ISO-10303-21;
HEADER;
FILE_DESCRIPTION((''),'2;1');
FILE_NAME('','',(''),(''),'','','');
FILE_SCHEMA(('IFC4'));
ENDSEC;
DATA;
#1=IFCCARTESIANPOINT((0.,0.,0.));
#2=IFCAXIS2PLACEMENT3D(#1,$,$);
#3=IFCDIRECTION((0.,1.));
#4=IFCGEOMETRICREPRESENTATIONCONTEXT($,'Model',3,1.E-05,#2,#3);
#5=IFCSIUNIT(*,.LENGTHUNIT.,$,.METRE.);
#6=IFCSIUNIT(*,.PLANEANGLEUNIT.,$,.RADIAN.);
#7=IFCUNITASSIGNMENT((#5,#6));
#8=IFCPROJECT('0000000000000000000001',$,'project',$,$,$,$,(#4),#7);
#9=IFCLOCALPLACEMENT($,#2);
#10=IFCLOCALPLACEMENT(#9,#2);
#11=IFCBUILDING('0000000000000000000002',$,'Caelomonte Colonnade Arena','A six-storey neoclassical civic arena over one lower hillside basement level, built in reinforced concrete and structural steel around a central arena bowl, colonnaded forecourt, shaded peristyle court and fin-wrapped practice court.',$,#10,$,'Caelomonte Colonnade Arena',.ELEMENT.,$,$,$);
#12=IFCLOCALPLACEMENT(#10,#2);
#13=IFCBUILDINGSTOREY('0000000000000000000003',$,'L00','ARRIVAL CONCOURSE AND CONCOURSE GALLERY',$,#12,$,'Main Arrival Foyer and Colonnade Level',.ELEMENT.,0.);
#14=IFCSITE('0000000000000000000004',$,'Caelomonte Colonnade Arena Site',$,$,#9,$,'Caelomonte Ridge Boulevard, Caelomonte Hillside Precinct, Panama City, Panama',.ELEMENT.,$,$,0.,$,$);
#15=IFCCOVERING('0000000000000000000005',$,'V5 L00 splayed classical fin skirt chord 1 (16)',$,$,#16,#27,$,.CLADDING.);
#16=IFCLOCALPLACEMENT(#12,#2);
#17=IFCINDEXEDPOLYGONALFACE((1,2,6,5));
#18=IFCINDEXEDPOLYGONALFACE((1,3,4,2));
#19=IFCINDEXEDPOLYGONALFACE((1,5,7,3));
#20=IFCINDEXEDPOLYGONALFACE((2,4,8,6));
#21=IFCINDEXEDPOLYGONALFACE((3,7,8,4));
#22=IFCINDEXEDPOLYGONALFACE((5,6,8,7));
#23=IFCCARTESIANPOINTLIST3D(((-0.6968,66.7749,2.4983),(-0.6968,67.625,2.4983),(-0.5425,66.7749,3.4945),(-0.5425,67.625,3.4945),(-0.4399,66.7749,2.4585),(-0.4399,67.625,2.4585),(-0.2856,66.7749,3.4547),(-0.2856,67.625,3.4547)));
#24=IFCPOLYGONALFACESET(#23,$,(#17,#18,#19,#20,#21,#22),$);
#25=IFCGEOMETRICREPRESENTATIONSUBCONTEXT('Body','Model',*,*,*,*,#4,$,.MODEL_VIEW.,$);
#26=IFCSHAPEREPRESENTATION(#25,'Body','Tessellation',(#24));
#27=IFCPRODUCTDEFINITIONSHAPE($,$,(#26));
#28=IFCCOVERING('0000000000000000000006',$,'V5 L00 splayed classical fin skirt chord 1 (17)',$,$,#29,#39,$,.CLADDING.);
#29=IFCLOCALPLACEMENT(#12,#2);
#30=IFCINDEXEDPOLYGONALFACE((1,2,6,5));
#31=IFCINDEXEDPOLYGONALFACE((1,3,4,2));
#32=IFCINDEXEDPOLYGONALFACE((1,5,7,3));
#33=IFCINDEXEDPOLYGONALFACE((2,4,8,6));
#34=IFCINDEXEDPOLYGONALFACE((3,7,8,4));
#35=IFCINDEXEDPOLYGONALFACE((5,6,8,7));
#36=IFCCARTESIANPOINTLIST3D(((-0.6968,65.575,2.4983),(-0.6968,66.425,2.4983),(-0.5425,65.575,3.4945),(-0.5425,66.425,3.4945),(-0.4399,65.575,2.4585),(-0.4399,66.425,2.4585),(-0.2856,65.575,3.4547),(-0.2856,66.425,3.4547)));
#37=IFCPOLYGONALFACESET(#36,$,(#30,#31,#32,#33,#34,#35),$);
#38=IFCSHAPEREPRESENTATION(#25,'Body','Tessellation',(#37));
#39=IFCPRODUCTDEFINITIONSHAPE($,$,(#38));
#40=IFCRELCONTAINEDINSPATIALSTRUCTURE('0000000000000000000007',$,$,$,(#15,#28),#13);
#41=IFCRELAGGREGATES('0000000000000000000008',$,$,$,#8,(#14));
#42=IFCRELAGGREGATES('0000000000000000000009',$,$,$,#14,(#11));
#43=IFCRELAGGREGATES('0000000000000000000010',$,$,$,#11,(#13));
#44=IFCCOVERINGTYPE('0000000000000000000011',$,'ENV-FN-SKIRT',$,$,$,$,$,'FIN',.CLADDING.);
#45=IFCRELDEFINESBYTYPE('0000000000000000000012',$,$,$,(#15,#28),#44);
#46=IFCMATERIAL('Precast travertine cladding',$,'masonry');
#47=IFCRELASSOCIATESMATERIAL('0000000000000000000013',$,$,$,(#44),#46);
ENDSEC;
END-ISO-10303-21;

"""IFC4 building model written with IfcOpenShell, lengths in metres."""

from ifc_helpers import new_model, si_unit, direction, frame, origin, origin_2d, place, context, subcontext, project, spatial, rectangle, extrude, material, material_profile, profile_set, type_object, element, save


model = new_model("IFC4")

# Units and contexts
model_context = context("Model", 3, precision=1e-05, world=origin(), true_north=direction((0.0, 1.0)))
body_context = subcontext(model_context, "Body", "Model", "MODEL_VIEW")
ifc_project = project(units=[si_unit("LENGTHUNIT", "METRE"), si_unit("PLANEANGLEUNIT", "RADIAN")], contexts=[model_context])

# Site, building, storey
site_placement = place(None, origin())
site = spatial("IfcSite", under=ifc_project, at=site_placement, Name="Caelomonte Colonnade Arena Site", LongName="Caelomonte Ridge Boulevard, Caelomonte Hillside Precinct, Panama City, Panama", CompositionType="ELEMENT", RefElevation=0.0)
building_placement = place(site_placement, origin())
building = spatial("IfcBuilding", under=site, at=building_placement, Name="Caelomonte Colonnade Arena", Description="A six-storey neoclassical civic arena over one lower hillside basement level, built in reinforced concrete and structural steel around a central arena bowl, colonnaded forecourt, shaded peristyle court and fin-wrapped practice court.", LongName="Caelomonte Colonnade Arena", CompositionType="ELEMENT")
storey_placement = place(building_placement, origin())
storey = spatial("IfcBuildingStorey", under=building, at=storey_placement, Name="L00", Description="ARRIVAL CONCOURSE AND CONCOURSE GALLERY", LongName="Main Arrival Foyer and Colonnade Level", CompositionType="ELEMENT", Elevation=0.0)

# Coverings
ifc_material_1 = material(Name="Precast travertine cladding", Category="masonry")
ifc_material_profile_1 = material_profile(ifc_material_1, rectangle(XDim=0.26, YDim=0.8501, at=origin_2d()), Name="FIN260X850")
ifc_profile_set_1 = profile_set([ifc_material_profile_1], Name="Precast travertine cladding")
covering_type = type_object("IfcCoveringType", Name="ENV-FN-SKIRT", ElementType="FIN", PredefinedType="CLADDING", material=ifc_profile_set_1)
for number, where, z_axis, x_axis, name in (
    (1, (-0.4141, 67.2, 3.4746), (-0.153076, 0.0, -0.988214), (-0.988214, 0.0, 0.153076), "V5 L00 splayed classical fin skirt chord 1 (16)"),
    (2, (-0.4141, 66.0, 3.4746), (-0.153076, 0.0, -0.988214), (-0.988214, 0.0, 0.153076), "V5 L00 splayed classical fin skirt chord 1 (17)"),
):
    element("IfcCovering", number, at=place(storey_placement, frame(where, z_axis=z_axis, x_axis=x_axis)), inside=storey, type_object=covering_type, Name=name, PredefinedType="CLADDING", context=body_context, shape_type="SweptSolid", body=[
        extrude(rectangle(XDim=0.26, YDim=0.8501, at=origin_2d()), origin(), (0.0, 0.0, 1.0), 1.0081),
    ])

save(model, "model.ifc")
